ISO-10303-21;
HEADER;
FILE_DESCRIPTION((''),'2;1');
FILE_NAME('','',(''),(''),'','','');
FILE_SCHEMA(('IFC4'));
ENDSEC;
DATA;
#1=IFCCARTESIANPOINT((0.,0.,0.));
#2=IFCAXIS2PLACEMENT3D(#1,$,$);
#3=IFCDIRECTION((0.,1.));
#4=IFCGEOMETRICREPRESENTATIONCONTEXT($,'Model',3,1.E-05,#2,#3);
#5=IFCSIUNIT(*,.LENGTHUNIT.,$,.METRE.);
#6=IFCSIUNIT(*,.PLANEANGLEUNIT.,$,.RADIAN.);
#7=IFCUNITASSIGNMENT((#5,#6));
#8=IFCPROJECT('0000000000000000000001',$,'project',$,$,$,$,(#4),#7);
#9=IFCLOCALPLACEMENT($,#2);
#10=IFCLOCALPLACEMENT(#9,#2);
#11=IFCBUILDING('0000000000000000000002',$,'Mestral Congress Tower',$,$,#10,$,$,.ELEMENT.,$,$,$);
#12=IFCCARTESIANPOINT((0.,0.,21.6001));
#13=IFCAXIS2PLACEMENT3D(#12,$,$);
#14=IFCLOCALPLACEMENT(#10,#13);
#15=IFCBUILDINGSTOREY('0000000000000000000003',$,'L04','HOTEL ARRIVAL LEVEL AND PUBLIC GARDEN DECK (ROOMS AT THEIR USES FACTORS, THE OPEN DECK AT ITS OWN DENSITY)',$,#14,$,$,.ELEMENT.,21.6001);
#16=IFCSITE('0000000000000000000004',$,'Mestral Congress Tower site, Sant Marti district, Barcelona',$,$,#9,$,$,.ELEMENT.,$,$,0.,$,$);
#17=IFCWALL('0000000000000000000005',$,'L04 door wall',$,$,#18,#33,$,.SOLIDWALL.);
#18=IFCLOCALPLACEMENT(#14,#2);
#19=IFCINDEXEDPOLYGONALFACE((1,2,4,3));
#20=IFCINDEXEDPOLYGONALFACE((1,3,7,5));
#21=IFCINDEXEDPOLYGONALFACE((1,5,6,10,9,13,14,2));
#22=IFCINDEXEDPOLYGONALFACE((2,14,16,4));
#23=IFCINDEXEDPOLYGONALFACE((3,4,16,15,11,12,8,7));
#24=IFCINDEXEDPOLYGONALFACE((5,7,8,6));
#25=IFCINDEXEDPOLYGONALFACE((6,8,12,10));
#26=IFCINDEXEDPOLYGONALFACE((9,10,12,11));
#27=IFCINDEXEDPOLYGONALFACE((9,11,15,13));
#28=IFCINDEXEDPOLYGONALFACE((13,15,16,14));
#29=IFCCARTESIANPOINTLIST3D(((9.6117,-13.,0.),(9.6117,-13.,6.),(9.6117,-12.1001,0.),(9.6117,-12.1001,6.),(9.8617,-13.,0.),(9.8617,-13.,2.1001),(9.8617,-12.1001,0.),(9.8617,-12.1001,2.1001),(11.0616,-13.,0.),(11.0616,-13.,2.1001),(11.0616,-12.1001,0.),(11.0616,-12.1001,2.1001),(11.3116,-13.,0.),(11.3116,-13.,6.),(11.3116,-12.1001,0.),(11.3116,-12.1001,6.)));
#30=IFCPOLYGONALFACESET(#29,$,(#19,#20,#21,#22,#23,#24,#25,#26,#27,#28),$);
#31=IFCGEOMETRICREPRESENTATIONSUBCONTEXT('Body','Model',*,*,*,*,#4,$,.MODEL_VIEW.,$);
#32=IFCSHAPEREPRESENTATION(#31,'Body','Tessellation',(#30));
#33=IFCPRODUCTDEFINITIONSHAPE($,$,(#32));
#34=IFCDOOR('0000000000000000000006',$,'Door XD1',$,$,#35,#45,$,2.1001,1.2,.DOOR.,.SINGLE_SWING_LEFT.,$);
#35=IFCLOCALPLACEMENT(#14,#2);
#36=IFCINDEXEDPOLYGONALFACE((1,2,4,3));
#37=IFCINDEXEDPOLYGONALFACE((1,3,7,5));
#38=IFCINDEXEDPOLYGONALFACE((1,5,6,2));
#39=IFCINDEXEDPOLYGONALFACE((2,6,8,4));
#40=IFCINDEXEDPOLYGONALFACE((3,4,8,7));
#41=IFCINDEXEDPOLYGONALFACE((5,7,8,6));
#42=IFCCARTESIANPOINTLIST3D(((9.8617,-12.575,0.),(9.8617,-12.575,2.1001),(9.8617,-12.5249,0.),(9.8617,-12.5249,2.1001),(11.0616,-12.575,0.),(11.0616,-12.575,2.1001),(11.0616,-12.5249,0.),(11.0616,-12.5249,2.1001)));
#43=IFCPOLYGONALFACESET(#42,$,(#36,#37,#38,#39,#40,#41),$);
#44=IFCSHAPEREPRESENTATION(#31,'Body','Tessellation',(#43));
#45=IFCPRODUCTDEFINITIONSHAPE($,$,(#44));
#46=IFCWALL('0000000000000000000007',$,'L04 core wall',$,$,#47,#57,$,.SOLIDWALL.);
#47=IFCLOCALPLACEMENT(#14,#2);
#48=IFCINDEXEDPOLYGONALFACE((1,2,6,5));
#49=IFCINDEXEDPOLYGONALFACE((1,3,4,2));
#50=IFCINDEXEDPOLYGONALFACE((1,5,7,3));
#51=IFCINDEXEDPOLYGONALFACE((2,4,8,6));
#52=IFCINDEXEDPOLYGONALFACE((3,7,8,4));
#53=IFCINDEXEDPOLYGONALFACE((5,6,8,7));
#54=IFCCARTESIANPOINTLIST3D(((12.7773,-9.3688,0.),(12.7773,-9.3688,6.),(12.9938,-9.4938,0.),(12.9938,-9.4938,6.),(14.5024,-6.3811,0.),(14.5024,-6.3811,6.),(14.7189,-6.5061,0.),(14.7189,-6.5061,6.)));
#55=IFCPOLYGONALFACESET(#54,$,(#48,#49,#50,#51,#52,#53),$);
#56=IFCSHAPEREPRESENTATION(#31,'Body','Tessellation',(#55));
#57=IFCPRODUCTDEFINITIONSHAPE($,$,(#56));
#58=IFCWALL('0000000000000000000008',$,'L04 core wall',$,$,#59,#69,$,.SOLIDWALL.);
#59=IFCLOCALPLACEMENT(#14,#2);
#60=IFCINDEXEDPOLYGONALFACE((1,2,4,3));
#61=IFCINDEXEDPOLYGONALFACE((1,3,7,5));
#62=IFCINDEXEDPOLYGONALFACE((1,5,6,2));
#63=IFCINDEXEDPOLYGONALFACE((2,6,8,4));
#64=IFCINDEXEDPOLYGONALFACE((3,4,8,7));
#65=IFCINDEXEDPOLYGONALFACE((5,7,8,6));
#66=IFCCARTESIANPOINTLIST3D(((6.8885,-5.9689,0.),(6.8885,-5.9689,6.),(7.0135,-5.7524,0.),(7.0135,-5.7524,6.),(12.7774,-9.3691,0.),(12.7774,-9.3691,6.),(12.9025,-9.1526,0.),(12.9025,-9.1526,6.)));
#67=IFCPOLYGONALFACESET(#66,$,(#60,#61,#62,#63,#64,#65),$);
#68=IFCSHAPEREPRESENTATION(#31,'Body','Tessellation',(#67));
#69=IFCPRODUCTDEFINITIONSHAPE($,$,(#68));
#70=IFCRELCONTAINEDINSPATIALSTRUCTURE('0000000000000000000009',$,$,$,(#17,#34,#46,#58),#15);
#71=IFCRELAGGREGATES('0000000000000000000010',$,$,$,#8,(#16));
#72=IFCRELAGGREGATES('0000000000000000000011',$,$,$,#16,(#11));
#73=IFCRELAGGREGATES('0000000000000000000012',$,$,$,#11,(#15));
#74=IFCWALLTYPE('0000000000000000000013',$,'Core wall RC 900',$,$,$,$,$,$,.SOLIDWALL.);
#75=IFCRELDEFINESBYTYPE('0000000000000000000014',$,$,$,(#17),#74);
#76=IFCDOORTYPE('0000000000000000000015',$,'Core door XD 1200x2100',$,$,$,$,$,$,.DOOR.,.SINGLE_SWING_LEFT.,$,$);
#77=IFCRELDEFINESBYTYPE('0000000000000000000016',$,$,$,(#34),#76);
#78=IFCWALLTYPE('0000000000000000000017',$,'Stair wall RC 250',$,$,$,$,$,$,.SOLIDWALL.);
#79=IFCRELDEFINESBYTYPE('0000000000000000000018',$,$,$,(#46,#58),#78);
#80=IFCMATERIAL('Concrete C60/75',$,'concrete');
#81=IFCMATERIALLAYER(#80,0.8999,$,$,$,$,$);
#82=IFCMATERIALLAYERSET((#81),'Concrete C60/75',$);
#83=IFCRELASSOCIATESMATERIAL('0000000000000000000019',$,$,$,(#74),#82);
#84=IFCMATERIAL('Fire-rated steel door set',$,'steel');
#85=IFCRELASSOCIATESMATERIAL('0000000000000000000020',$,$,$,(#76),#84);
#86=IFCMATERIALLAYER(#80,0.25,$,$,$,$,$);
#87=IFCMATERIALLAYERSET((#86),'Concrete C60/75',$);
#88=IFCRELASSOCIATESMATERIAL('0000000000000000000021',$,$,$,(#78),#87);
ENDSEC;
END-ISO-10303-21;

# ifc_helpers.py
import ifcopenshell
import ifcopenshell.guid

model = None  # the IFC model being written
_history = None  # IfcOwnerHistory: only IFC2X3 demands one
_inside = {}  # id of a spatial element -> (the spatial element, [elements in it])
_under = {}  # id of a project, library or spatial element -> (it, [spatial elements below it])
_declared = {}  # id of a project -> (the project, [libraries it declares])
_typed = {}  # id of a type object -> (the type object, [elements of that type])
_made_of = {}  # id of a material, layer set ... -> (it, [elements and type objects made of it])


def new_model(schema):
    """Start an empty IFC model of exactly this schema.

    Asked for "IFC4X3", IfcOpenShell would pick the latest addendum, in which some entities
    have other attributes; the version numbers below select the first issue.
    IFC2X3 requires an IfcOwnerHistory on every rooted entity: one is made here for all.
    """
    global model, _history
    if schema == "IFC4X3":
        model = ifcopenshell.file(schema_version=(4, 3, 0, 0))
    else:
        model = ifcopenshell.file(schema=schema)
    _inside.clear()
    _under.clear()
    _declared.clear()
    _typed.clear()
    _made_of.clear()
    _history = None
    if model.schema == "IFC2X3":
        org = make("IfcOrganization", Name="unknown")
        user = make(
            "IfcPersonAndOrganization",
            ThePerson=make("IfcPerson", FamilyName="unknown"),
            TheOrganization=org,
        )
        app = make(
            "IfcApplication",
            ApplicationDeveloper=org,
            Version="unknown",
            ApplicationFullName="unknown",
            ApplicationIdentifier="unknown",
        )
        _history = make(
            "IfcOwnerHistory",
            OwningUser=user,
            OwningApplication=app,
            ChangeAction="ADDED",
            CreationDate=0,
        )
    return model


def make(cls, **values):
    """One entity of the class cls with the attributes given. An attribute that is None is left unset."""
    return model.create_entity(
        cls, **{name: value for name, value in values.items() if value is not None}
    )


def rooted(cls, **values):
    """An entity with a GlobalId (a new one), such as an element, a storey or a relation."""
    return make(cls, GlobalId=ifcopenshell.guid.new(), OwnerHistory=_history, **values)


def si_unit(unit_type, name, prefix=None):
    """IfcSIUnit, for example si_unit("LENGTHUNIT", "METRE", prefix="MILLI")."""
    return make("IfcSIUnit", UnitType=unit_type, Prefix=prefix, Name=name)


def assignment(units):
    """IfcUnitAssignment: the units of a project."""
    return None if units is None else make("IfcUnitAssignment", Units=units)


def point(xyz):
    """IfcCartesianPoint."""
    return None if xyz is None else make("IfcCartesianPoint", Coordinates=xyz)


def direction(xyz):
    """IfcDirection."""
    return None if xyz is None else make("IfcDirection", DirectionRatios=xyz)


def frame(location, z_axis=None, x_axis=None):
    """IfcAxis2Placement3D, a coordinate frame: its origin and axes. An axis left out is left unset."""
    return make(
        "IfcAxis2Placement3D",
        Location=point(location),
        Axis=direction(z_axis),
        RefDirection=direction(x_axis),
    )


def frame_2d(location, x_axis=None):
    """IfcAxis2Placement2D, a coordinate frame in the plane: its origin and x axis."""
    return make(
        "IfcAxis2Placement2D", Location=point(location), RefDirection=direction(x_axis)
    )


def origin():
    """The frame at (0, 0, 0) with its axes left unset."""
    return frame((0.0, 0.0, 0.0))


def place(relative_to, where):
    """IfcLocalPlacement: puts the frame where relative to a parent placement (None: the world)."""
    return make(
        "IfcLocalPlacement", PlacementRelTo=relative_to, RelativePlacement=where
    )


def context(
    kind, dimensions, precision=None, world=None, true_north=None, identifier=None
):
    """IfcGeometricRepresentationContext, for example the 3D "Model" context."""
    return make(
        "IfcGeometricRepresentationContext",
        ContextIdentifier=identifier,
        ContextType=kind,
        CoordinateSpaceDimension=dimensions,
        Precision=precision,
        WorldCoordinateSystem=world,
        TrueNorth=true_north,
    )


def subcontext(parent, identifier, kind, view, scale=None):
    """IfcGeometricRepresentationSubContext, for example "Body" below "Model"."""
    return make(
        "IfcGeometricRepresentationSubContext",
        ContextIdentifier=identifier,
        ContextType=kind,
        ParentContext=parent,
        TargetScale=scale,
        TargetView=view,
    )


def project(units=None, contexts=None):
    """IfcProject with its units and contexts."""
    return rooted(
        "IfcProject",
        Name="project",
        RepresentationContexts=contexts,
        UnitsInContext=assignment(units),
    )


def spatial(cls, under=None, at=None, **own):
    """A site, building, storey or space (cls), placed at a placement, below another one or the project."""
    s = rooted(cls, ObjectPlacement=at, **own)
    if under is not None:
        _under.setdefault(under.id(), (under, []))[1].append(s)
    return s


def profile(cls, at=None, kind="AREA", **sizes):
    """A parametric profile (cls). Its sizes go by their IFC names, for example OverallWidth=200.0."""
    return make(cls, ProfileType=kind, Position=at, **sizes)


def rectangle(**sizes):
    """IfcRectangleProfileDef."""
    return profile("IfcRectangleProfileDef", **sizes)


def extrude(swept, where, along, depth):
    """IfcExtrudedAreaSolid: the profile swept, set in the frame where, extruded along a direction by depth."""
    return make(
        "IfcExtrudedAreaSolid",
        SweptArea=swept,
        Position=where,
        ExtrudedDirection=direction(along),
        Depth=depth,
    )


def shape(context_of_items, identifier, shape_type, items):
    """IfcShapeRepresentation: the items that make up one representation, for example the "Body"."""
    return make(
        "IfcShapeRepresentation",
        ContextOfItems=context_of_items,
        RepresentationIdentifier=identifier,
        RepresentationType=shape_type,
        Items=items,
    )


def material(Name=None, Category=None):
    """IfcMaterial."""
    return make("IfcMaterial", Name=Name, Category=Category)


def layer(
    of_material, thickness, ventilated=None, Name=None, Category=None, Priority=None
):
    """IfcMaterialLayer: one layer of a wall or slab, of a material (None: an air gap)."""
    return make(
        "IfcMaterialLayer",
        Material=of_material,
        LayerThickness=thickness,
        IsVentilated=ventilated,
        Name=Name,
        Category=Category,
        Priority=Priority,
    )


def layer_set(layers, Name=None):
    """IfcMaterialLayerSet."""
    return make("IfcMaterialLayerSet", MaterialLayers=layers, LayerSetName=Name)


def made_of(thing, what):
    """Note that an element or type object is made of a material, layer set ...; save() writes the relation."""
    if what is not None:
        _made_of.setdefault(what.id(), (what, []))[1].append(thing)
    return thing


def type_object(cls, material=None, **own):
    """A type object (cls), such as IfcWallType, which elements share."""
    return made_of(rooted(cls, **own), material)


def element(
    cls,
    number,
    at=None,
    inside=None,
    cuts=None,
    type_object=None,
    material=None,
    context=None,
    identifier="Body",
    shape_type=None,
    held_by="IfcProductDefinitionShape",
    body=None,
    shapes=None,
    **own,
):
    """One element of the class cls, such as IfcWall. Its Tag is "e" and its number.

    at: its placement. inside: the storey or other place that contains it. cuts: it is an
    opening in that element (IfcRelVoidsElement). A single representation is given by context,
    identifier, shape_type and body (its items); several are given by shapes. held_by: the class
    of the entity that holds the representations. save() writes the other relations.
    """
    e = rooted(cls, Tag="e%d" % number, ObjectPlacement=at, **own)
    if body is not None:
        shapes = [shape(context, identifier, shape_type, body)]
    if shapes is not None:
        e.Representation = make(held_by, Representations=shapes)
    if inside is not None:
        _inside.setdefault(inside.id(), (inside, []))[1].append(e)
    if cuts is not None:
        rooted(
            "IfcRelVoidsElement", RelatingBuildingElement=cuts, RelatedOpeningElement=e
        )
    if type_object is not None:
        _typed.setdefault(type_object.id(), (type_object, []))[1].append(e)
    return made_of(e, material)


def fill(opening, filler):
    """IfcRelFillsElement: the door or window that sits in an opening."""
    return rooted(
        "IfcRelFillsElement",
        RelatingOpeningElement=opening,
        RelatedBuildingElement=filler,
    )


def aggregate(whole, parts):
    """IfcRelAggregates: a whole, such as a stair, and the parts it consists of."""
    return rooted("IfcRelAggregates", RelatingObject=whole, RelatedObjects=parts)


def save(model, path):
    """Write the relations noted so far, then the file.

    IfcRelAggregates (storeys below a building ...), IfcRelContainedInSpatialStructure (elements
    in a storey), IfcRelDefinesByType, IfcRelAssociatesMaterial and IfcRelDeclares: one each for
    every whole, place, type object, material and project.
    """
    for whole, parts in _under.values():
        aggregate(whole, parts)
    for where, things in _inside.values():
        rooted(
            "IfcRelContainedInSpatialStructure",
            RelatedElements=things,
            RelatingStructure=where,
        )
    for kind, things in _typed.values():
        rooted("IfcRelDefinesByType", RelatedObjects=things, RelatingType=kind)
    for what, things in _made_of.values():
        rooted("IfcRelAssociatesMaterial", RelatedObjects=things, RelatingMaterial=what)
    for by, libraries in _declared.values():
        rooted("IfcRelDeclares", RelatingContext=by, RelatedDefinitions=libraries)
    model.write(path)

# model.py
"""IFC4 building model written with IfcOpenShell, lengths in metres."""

from ifc_helpers import new_model, si_unit, direction, frame, frame_2d, origin, place, context, subcontext, project, spatial, rectangle, extrude, material, layer, layer_set, type_object, element, fill, save


model = new_model("IFC4")

# Units and contexts
model_context = context("Model", 3, precision=1e-05, world=origin(), true_north=direction((0.0, 1.0)))
body_context = subcontext(model_context, "Body", "Model", "MODEL_VIEW")
ifc_project = project(units=[si_unit("LENGTHUNIT", "METRE"), si_unit("PLANEANGLEUNIT", "RADIAN")], contexts=[model_context])

# Site, building, storey
site_placement = place(None, origin())
site = spatial("IfcSite", under=ifc_project, at=site_placement, Name="Mestral Congress Tower site, Sant Marti district, Barcelona", CompositionType="ELEMENT", RefElevation=0.0)
building_placement = place(site_placement, origin())
building = spatial("IfcBuilding", under=site, at=building_placement, Name="Mestral Congress Tower", CompositionType="ELEMENT")
storey_placement = place(building_placement, frame((0.0, 0.0, 21.6001)))
storey = spatial("IfcBuildingStorey", under=building, at=storey_placement, Name="L04", Description="HOTEL ARRIVAL LEVEL AND PUBLIC GARDEN DECK (ROOMS AT THEIR USES FACTORS, THE OPEN DECK AT ITS OWN DENSITY)", CompositionType="ELEMENT", Elevation=21.6001)

# Shared definitions
ifc_material_1 = material(Name="Concrete C60/75", Category="concrete")
ifc_layer_1 = layer(ifc_material_1, 0.8999)
ifc_layer_set_1 = layer_set([ifc_layer_1], Name="Concrete C60/75")
wall_type_1 = type_object("IfcWallType", Name="Core wall RC 900", PredefinedType="SOLIDWALL", material=ifc_layer_set_1)

# Wall, opening, door
wall_1_placement = place(storey_placement, frame((11.3118, -12.55, 0.0), z_axis=(0.0, 0.0, 1.0), x_axis=(-1.0, 0.0, 0.0)))
wall_1 = element("IfcWall", 1, at=wall_1_placement, inside=storey, type_object=wall_type_1, Name="L04 door wall", PredefinedType="SOLIDWALL", context=body_context, shape_type="SweptSolid", body=[
    extrude(rectangle(XDim=1.7, YDim=0.8999, at=frame_2d((0.8501, 0.0))), origin(), (0.0, 0.0, 1.0), 6.0),
])
opening_placement = place(wall_1_placement, frame((0.25, 0.0, 0.0)))
opening = element("IfcOpeningElement", 2, at=opening_placement, cuts=wall_1, PredefinedType="OPENING", context=body_context, shape_type="SweptSolid", body=[
    extrude(rectangle(XDim=1.2, YDim=2.1001, at=frame_2d((0.6001, 1.05))), frame((0.0, 0.46, 0.0), z_axis=(0.0, -1.0, 0.0), x_axis=(1.0, 0.0, 0.0)), (0.0, 0.0, 1.0), 0.9199),
])
ifc_material_2 = material(Name="Fire-rated steel door set", Category="steel")
door_type = type_object("IfcDoorType", Name="Core door XD 1200x2100", OperationType="SINGLE_SWING_LEFT", PredefinedType="DOOR", material=ifc_material_2)
door_placement = place(opening_placement, origin())
door = element("IfcDoor", 3, at=door_placement, inside=storey, type_object=door_type, Name="Door XD1", OperationType="SINGLE_SWING_LEFT", OverallHeight=2.1001, OverallWidth=1.2, PredefinedType="DOOR", context=body_context, shape_type="SweptSolid", body=[
    extrude(rectangle(XDim=1.2, YDim=2.1001, at=frame_2d((0.6001, 1.05))), frame((0.0, 0.0249, 0.0), z_axis=(0.0, -1.0, 0.0), x_axis=(1.0, 0.0, 0.0)), (0.0, 0.0, 1.0), 0.05),
])
fill(opening, door)

# Walls
ifc_layer_2 = layer(ifc_material_1, 0.25)
ifc_layer_set_2 = layer_set([ifc_layer_2], Name="Concrete C60/75")
wall_type_2 = type_object("IfcWallType", Name="Stair wall RC 250", PredefinedType="SOLIDWALL", material=ifc_layer_set_2)
wall_2_placement = place(storey_placement, frame((12.8855, -9.4314, 0.0), z_axis=(0.0, 0.0, 1.0), x_axis=(0.500021, 0.866014, 0.0)))
element("IfcWall", 4, at=wall_2_placement, inside=storey, type_object=wall_type_2, Name="L04 core wall", PredefinedType="SOLIDWALL", context=body_context, shape_type="SweptSolid", body=[
    extrude(rectangle(XDim=3.45, YDim=0.25, at=frame_2d((1.7251, 0.0))), origin(), (0.0, 0.0, 1.0), 6.0),
])
wall_3_placement = place(storey_placement, frame((12.8398, -9.2607, 0.0), z_axis=(0.0, 0.0, 1.0), x_axis=(-0.866014, 0.50002, 0.0)))
element("IfcWall", 5, at=wall_3_placement, inside=storey, type_object=wall_type_2, Name="L04 core wall", PredefinedType="SOLIDWALL", context=body_context, shape_type="SweptSolid", body=[
    extrude(rectangle(XDim=6.8, YDim=0.25, at=frame_2d((3.3999, 0.0))), origin(), (0.0, 0.0, 1.0), 6.0),
])

save(model, "model.ifc")
